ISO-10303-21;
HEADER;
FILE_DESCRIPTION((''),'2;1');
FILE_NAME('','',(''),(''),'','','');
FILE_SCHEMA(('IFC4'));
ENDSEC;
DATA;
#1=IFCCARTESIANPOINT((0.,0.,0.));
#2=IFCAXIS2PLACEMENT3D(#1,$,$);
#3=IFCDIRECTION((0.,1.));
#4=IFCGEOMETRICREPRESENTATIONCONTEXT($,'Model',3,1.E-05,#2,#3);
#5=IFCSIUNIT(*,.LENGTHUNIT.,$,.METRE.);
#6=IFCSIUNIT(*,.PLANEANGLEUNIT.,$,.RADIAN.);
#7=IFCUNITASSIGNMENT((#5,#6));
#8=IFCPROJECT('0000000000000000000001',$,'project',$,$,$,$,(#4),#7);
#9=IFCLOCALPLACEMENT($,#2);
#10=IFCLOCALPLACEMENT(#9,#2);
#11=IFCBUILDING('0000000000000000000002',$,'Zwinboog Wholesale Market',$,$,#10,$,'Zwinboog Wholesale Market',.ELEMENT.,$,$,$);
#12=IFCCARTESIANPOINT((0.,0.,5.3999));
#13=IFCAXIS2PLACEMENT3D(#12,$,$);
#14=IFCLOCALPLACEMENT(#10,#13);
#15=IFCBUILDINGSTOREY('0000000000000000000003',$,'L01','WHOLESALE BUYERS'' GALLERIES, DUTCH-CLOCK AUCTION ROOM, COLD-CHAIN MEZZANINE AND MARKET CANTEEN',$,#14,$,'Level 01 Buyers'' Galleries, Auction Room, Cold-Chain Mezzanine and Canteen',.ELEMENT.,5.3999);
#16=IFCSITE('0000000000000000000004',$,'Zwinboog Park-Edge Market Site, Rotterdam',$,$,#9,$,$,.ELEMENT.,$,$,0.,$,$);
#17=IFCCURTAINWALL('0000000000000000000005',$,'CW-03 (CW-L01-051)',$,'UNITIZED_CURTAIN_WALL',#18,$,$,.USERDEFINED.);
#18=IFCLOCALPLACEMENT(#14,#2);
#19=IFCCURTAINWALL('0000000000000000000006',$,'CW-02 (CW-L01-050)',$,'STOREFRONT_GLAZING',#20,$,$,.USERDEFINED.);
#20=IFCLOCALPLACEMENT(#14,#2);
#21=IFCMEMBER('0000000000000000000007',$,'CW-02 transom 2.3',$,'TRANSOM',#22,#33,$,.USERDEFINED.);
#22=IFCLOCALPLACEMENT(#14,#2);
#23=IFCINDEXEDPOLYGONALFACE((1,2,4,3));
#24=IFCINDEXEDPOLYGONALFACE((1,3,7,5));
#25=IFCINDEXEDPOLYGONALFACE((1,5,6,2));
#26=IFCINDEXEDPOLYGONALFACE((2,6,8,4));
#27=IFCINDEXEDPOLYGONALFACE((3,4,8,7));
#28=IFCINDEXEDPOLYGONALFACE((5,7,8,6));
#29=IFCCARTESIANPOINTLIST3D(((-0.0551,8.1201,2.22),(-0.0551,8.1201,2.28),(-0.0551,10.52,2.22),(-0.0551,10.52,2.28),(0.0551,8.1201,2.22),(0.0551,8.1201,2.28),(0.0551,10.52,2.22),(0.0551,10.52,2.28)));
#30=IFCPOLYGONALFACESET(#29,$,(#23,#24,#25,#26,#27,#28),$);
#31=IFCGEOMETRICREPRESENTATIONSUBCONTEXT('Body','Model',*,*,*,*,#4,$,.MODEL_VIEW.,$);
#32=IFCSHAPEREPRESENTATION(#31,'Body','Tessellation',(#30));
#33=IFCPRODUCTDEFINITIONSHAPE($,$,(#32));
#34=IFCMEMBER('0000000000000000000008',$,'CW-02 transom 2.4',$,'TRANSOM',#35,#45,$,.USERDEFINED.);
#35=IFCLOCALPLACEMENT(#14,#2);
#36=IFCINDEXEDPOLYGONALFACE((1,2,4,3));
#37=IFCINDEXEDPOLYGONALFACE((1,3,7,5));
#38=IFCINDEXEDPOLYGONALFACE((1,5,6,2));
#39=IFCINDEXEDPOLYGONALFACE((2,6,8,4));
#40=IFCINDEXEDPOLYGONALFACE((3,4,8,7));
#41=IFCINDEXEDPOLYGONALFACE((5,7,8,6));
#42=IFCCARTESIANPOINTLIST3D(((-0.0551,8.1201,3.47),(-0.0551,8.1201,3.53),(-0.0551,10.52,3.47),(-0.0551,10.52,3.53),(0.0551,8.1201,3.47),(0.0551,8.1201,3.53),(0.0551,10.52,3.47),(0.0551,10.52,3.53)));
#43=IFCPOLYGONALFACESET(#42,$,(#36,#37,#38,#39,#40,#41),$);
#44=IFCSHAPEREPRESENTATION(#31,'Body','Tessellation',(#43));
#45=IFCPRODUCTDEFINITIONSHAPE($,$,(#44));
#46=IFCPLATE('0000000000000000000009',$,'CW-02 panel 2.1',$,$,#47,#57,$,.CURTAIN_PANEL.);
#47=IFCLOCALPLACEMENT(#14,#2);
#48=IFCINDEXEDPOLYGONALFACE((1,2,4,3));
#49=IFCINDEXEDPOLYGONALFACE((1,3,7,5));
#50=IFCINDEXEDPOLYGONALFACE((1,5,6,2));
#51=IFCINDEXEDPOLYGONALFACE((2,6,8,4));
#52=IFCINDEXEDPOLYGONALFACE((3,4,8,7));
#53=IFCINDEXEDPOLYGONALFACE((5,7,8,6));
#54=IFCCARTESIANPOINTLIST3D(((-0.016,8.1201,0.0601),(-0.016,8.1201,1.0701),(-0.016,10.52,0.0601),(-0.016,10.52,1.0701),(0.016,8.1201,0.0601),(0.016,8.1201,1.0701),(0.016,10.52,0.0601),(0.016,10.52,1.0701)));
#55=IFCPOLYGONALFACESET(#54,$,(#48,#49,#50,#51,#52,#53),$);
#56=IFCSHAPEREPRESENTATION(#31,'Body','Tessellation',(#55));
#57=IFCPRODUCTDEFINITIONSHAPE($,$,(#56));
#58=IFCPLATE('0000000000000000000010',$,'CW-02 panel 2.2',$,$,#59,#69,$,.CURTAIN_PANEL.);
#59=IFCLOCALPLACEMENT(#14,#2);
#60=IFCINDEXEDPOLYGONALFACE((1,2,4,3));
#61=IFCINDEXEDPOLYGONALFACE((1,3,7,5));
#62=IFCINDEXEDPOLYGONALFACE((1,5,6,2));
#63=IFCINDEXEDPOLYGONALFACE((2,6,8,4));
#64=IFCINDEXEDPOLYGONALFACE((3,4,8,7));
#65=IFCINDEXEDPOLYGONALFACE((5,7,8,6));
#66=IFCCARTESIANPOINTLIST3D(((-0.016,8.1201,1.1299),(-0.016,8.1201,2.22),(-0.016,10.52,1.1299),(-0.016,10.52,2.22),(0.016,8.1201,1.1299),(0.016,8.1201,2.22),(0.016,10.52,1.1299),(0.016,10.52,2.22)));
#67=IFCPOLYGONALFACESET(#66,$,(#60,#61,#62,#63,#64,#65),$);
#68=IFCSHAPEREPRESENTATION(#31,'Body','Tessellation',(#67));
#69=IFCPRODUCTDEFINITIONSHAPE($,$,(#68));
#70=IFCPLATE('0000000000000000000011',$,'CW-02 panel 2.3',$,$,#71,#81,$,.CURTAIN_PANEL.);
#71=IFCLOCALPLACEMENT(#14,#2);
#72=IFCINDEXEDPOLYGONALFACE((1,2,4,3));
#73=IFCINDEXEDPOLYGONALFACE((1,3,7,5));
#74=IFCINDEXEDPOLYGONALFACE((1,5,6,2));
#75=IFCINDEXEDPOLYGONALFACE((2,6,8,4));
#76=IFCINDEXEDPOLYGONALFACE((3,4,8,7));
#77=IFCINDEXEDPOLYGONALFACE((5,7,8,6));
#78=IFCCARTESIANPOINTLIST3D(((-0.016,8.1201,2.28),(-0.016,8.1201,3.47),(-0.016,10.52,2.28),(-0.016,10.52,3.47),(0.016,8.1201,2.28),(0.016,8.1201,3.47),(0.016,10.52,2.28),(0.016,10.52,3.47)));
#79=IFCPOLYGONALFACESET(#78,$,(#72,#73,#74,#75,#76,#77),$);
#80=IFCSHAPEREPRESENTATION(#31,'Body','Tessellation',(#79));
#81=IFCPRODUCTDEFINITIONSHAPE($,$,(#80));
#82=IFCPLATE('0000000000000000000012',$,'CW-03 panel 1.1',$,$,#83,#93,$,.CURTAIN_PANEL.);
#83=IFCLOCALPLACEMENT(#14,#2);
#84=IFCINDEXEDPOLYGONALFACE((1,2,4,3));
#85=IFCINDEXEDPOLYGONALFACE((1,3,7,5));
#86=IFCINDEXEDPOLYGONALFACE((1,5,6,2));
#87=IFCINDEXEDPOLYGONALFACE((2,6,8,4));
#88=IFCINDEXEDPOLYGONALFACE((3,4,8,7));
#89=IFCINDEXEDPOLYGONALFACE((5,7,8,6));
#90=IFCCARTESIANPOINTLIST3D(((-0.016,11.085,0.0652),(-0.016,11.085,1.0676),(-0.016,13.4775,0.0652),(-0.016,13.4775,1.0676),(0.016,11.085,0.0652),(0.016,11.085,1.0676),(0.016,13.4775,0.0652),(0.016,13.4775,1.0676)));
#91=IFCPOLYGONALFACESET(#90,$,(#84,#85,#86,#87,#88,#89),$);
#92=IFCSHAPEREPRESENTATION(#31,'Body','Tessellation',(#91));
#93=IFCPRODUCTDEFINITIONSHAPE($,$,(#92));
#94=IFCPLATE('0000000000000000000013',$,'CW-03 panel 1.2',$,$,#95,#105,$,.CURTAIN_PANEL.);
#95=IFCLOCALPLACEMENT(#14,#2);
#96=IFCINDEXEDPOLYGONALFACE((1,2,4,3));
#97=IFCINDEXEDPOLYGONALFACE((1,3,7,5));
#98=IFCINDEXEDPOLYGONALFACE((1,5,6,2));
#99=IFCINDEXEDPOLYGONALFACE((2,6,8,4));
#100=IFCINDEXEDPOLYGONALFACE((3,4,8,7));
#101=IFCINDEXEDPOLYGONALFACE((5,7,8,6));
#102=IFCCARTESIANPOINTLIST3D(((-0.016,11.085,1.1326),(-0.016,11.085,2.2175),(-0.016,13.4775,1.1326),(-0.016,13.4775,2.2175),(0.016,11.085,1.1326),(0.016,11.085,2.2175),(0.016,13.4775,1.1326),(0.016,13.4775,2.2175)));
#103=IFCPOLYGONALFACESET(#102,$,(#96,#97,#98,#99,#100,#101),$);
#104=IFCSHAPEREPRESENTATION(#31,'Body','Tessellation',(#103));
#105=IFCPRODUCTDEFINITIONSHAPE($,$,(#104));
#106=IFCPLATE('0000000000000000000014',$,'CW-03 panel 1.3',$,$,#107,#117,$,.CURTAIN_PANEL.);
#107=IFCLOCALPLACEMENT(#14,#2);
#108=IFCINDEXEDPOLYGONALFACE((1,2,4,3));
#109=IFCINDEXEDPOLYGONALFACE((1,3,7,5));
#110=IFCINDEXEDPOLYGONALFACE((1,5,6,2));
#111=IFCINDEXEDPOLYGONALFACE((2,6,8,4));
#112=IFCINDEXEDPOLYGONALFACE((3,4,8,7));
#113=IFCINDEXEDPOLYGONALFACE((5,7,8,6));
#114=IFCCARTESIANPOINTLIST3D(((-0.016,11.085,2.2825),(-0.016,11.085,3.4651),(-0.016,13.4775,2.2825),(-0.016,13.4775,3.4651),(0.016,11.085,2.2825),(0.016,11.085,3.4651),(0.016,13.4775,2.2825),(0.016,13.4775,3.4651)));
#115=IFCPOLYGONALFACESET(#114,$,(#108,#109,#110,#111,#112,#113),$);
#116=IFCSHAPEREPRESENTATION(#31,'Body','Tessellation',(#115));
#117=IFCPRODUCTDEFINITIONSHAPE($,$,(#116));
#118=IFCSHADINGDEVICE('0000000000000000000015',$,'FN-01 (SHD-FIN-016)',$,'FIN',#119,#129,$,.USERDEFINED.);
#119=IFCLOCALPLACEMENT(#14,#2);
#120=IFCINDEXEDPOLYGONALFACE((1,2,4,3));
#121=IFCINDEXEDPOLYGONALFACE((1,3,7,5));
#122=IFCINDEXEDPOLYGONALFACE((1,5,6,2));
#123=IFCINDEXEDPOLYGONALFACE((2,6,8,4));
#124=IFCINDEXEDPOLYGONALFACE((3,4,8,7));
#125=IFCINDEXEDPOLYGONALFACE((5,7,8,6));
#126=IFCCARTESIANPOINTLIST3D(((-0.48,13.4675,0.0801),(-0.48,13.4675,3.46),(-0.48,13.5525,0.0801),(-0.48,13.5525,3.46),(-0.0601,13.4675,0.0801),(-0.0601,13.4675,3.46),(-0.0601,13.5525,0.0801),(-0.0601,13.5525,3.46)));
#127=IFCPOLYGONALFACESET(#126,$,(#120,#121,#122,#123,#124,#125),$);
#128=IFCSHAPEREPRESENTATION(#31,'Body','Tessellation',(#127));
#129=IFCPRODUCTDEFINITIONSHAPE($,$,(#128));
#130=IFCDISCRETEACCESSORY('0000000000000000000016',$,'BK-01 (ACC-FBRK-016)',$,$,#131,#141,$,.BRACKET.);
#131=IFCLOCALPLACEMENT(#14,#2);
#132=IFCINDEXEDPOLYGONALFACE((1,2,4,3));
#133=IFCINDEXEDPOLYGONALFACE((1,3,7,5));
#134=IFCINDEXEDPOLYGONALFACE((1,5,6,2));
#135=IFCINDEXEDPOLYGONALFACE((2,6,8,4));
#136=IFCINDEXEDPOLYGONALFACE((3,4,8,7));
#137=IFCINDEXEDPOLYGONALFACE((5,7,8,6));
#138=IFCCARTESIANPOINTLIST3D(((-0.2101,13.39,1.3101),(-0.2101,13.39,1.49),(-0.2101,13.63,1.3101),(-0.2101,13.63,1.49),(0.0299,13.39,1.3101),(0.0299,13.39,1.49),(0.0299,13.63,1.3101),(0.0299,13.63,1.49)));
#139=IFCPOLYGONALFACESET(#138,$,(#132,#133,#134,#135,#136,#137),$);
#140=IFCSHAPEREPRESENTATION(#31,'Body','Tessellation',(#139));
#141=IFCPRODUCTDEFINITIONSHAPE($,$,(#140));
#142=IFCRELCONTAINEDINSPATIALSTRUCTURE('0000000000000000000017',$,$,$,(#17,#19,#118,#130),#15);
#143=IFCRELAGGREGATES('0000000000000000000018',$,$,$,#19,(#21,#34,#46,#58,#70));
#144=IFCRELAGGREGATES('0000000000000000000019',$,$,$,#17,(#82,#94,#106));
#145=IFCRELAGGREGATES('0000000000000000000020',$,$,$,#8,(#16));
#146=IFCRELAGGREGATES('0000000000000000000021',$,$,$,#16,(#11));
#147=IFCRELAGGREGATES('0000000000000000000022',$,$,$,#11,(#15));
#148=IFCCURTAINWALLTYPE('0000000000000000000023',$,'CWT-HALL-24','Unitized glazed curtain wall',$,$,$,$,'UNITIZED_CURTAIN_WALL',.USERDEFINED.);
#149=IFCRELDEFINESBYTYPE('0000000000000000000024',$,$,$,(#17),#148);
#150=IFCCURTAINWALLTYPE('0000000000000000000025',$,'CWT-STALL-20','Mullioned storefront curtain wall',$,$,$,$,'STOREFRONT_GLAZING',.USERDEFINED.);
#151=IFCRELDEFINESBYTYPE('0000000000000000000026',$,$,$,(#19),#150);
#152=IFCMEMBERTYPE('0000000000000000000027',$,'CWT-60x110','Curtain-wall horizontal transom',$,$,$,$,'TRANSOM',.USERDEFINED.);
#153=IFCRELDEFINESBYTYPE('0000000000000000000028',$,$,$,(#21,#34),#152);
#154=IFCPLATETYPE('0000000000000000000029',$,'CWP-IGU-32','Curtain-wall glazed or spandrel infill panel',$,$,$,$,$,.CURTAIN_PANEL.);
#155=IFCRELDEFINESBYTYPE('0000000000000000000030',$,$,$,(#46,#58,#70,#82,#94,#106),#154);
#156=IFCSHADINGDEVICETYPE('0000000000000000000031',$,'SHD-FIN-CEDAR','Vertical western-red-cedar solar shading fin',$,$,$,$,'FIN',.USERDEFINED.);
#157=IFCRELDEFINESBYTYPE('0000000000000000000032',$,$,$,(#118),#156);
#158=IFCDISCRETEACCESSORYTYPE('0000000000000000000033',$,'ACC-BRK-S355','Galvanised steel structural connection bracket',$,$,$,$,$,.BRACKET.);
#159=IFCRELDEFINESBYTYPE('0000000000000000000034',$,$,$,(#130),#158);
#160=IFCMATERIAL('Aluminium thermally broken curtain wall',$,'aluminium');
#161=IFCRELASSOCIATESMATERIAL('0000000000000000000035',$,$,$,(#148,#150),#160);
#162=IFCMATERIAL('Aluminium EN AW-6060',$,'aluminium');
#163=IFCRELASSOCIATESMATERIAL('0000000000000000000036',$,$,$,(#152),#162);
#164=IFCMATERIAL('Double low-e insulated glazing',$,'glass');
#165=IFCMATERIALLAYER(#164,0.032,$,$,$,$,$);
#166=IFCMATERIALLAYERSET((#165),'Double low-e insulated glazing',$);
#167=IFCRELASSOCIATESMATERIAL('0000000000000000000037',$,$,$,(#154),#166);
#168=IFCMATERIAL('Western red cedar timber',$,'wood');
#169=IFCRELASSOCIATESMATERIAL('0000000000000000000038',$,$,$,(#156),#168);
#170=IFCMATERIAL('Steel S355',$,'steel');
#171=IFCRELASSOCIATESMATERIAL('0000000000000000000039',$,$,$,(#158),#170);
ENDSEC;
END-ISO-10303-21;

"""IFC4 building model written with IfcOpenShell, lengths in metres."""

from ifc_helpers import new_model, si_unit, direction, frame, origin, origin_2d, place, context, subcontext, project, spatial, rectangle, extrude, material, layer, layer_set, material_profile, profile_set, type_object, element, aggregate, save


model = new_model("IFC4")

# Units and contexts
model_context = context("Model", 3, precision=1e-05, world=origin(), true_north=direction((0.0, 1.0)))
body_context = subcontext(model_context, "Body", "Model", "MODEL_VIEW")
ifc_project = project(units=[si_unit("LENGTHUNIT", "METRE"), si_unit("PLANEANGLEUNIT", "RADIAN")], contexts=[model_context])

# Site, building, storey
site_placement = place(None, origin())
site = spatial("IfcSite", under=ifc_project, at=site_placement, Name="Zwinboog Park-Edge Market Site, Rotterdam", CompositionType="ELEMENT", RefElevation=0.0)
building_placement = place(site_placement, origin())
building = spatial("IfcBuilding", under=site, at=building_placement, Name="Zwinboog Wholesale Market", LongName="Zwinboog Wholesale Market", CompositionType="ELEMENT")
storey_placement = place(building_placement, frame((0.0, 0.0, 5.3999)))
storey = spatial("IfcBuildingStorey", under=building, at=storey_placement, Name="L01", Description="WHOLESALE BUYERS' GALLERIES, DUTCH-CLOCK AUCTION ROOM, COLD-CHAIN MEZZANINE AND MARKET CANTEEN", LongName="Level 01 Buyers' Galleries, Auction Room, Cold-Chain Mezzanine and Canteen", CompositionType="ELEMENT", Elevation=5.3999)

# Shared definitions
ifc_material_1 = material(Name="Steel S355", Category="steel")

# Curtain wall
ifc_material_2 = material(Name="Aluminium thermally broken curtain wall", Category="aluminium")
curtain_wall_type_1 = type_object("IfcCurtainWallType", Name="CWT-HALL-24", Description="Unitized glazed curtain wall", ElementType="UNITIZED_CURTAIN_WALL", PredefinedType="USERDEFINED", material=ifc_material_2)
curtain_wall_1_placement = place(storey_placement, origin())
curtain_wall_1 = element("IfcCurtainWall", 1, at=curtain_wall_1_placement, inside=storey, type_object=curtain_wall_type_1, Name="CW-03 (CW-L01-051)", ObjectType="UNITIZED_CURTAIN_WALL", PredefinedType="USERDEFINED")
ifc_material_3 = material(Name="Aluminium EN AW-6060", Category="aluminium")

# Curtain wall
curtain_wall_type_2 = type_object("IfcCurtainWallType", Name="CWT-STALL-20", Description="Mullioned storefront curtain wall", ElementType="STOREFRONT_GLAZING", PredefinedType="USERDEFINED", material=ifc_material_2)
curtain_wall_2_placement = place(storey_placement, origin())
curtain_wall_2 = element("IfcCurtainWall", 2, at=curtain_wall_2_placement, inside=storey, type_object=curtain_wall_type_2, Name="CW-02 (CW-L01-050)", ObjectType="STOREFRONT_GLAZING", PredefinedType="USERDEFINED")

# Members
ifc_material_profile_1 = material_profile(ifc_material_3, rectangle(XDim=0.1101, YDim=0.0601, at=origin_2d()), Name="AL 60x110")
ifc_profile_set_1 = profile_set([ifc_material_profile_1], Name="Aluminium EN AW-6060")
member_type_1 = type_object("IfcMemberType", Name="CWT-60x110", Description="Curtain-wall horizontal transom", ElementType="TRANSOM", PredefinedType="USERDEFINED", material=ifc_profile_set_1)
member_1_placement = place(storey_placement, frame((0.0, 8.1201, 2.25), z_axis=(0.0, 1.0, 0.0), x_axis=(-1.0, 0.0, 0.0)))
member_1 = element("IfcMember", 3, at=member_1_placement, type_object=member_type_1, Name="CW-02 transom 2.3", ObjectType="TRANSOM", PredefinedType="USERDEFINED", context=body_context, shape_type="SweptSolid", body=[
    extrude(rectangle(XDim=0.1101, YDim=0.0601, at=origin_2d()), origin(), (0.0, 0.0, 1.0), 2.3999),
])
member_2_placement = place(storey_placement, frame((0.0, 8.1201, 3.5), z_axis=(0.0, 1.0, 0.0), x_axis=(-1.0, 0.0, 0.0)))
member_2 = element("IfcMember", 4, at=member_2_placement, type_object=member_type_1, Name="CW-02 transom 2.4", ObjectType="TRANSOM", PredefinedType="USERDEFINED", context=body_context, shape_type="SweptSolid", body=[
    extrude(rectangle(XDim=0.1101, YDim=0.0601, at=origin_2d()), origin(), (0.0, 0.0, 1.0), 2.3999),
])

# Plates
ifc_material_4 = material(Name="Double low-e insulated glazing", Category="glass")
ifc_layer = layer(ifc_material_4, 0.032)
ifc_layer_set = layer_set([ifc_layer], Name="Double low-e insulated glazing")
plate_type = type_object("IfcPlateType", Name="CWP-IGU-32", Description="Curtain-wall glazed or spandrel infill panel", PredefinedType="CURTAIN_PANEL", material=ifc_layer_set)
plate_1_placement = place(storey_placement, frame((0.0, 9.3201, 0.0601), z_axis=(0.0, 0.0, 1.0), x_axis=(0.0, 1.0, 0.0)))
plate_1 = element("IfcPlate", 5, at=plate_1_placement, type_object=plate_type, Name="CW-02 panel 2.1", PredefinedType="CURTAIN_PANEL", context=body_context, shape_type="SweptSolid", body=[
    extrude(rectangle(XDim=2.3999, YDim=0.032, at=origin_2d()), origin(), (0.0, 0.0, 1.0), 1.01),
])
plate_2_placement = place(storey_placement, frame((0.0, 9.3201, 1.1299), z_axis=(0.0, 0.0, 1.0), x_axis=(0.0, 1.0, 0.0)))
plate_2 = element("IfcPlate", 6, at=plate_2_placement, type_object=plate_type, Name="CW-02 panel 2.2", PredefinedType="CURTAIN_PANEL", context=body_context, shape_type="SweptSolid", body=[
    extrude(rectangle(XDim=2.3999, YDim=0.032, at=origin_2d()), origin(), (0.0, 0.0, 1.0), 1.0901),
])
plate_3_placement = place(storey_placement, frame((0.0, 9.3201, 2.28), z_axis=(0.0, 0.0, 1.0), x_axis=(0.0, 1.0, 0.0)))
plate_3 = element("IfcPlate", 7, at=plate_3_placement, type_object=plate_type, Name="CW-02 panel 2.3", PredefinedType="CURTAIN_PANEL", context=body_context, shape_type="SweptSolid", body=[
    extrude(rectangle(XDim=2.3999, YDim=0.032, at=origin_2d()), origin(), (0.0, 0.0, 1.0), 1.1899),
])
aggregate(curtain_wall_2, [member_1, member_2, plate_1, plate_2, plate_3])
plate_4_placement = place(storey_placement, frame((0.0, 12.2812, 0.0652), z_axis=(0.0, 0.0, 1.0), x_axis=(0.0, 1.0, 0.0)))
plate_4 = element("IfcPlate", 8, at=plate_4_placement, type_object=plate_type, Name="CW-03 panel 1.1", PredefinedType="CURTAIN_PANEL", context=body_context, shape_type="SweptSolid", body=[
    extrude(rectangle(XDim=2.3926, YDim=0.032, at=origin_2d()), origin(), (0.0, 0.0, 1.0), 1.0024),
])
plate_5_placement = place(storey_placement, frame((0.0, 12.2812, 1.1326), z_axis=(0.0, 0.0, 1.0), x_axis=(0.0, 1.0, 0.0)))
plate_5 = element("IfcPlate", 9, at=plate_5_placement, type_object=plate_type, Name="CW-03 panel 1.2", PredefinedType="CURTAIN_PANEL", context=body_context, shape_type="SweptSolid", body=[
    extrude(rectangle(XDim=2.3926, YDim=0.032, at=origin_2d()), origin(), (0.0, 0.0, 1.0), 1.085),
])
plate_6_placement = place(storey_placement, frame((0.0, 12.2812, 2.2825), z_axis=(0.0, 0.0, 1.0), x_axis=(0.0, 1.0, 0.0)))
plate_6 = element("IfcPlate", 10, at=plate_6_placement, type_object=plate_type, Name="CW-03 panel 1.3", PredefinedType="CURTAIN_PANEL", context=body_context, shape_type="SweptSolid", body=[
    extrude(rectangle(XDim=2.3926, YDim=0.032, at=origin_2d()), origin(), (0.0, 0.0, 1.0), 1.1826),
])
aggregate(curtain_wall_1, [plate_4, plate_5, plate_6])

# Shading device
ifc_material_5 = material(Name="Western red cedar timber", Category="wood")
shading_device_type = type_object("IfcShadingDeviceType", Name="SHD-FIN-CEDAR", Description="Vertical western-red-cedar solar shading fin", ElementType="FIN", PredefinedType="USERDEFINED", material=ifc_material_5)
shading_device_placement = place(storey_placement, frame((-0.27, 13.51, 0.0801), z_axis=(0.0, 0.0, 1.0), x_axis=(1.0, 0.0, 0.0)))
element("IfcShadingDevice", 11, at=shading_device_placement, inside=storey, type_object=shading_device_type, Name="FN-01 (SHD-FIN-016)", ObjectType="FIN", PredefinedType="USERDEFINED", context=body_context, shape_type="SweptSolid", body=[
    extrude(rectangle(XDim=0.4199, YDim=0.085, at=origin_2d()), origin(), (0.0, 0.0, 1.0), 3.3799),
])

# Discrete accessory
discrete_accessory_type = type_object("IfcDiscreteAccessoryType", Name="ACC-BRK-S355", Description="Galvanised steel structural connection bracket", PredefinedType="BRACKET", material=ifc_material_1)
discrete_accessory_placement = place(storey_placement, frame((-0.0901, 13.51, 1.3101), z_axis=(0.0, 0.0, 1.0), x_axis=(1.0, 0.0, 0.0)))
element("IfcDiscreteAccessory", 12, at=discrete_accessory_placement, inside=storey, type_object=discrete_accessory_type, Name="BK-01 (ACC-FBRK-016)", PredefinedType="BRACKET", context=body_context, shape_type="SweptSolid", body=[
    extrude(rectangle(XDim=0.24, YDim=0.24, at=origin_2d()), origin(), (0.0, 0.0, 1.0), 0.1799),
])

save(model, "model.ifc")
